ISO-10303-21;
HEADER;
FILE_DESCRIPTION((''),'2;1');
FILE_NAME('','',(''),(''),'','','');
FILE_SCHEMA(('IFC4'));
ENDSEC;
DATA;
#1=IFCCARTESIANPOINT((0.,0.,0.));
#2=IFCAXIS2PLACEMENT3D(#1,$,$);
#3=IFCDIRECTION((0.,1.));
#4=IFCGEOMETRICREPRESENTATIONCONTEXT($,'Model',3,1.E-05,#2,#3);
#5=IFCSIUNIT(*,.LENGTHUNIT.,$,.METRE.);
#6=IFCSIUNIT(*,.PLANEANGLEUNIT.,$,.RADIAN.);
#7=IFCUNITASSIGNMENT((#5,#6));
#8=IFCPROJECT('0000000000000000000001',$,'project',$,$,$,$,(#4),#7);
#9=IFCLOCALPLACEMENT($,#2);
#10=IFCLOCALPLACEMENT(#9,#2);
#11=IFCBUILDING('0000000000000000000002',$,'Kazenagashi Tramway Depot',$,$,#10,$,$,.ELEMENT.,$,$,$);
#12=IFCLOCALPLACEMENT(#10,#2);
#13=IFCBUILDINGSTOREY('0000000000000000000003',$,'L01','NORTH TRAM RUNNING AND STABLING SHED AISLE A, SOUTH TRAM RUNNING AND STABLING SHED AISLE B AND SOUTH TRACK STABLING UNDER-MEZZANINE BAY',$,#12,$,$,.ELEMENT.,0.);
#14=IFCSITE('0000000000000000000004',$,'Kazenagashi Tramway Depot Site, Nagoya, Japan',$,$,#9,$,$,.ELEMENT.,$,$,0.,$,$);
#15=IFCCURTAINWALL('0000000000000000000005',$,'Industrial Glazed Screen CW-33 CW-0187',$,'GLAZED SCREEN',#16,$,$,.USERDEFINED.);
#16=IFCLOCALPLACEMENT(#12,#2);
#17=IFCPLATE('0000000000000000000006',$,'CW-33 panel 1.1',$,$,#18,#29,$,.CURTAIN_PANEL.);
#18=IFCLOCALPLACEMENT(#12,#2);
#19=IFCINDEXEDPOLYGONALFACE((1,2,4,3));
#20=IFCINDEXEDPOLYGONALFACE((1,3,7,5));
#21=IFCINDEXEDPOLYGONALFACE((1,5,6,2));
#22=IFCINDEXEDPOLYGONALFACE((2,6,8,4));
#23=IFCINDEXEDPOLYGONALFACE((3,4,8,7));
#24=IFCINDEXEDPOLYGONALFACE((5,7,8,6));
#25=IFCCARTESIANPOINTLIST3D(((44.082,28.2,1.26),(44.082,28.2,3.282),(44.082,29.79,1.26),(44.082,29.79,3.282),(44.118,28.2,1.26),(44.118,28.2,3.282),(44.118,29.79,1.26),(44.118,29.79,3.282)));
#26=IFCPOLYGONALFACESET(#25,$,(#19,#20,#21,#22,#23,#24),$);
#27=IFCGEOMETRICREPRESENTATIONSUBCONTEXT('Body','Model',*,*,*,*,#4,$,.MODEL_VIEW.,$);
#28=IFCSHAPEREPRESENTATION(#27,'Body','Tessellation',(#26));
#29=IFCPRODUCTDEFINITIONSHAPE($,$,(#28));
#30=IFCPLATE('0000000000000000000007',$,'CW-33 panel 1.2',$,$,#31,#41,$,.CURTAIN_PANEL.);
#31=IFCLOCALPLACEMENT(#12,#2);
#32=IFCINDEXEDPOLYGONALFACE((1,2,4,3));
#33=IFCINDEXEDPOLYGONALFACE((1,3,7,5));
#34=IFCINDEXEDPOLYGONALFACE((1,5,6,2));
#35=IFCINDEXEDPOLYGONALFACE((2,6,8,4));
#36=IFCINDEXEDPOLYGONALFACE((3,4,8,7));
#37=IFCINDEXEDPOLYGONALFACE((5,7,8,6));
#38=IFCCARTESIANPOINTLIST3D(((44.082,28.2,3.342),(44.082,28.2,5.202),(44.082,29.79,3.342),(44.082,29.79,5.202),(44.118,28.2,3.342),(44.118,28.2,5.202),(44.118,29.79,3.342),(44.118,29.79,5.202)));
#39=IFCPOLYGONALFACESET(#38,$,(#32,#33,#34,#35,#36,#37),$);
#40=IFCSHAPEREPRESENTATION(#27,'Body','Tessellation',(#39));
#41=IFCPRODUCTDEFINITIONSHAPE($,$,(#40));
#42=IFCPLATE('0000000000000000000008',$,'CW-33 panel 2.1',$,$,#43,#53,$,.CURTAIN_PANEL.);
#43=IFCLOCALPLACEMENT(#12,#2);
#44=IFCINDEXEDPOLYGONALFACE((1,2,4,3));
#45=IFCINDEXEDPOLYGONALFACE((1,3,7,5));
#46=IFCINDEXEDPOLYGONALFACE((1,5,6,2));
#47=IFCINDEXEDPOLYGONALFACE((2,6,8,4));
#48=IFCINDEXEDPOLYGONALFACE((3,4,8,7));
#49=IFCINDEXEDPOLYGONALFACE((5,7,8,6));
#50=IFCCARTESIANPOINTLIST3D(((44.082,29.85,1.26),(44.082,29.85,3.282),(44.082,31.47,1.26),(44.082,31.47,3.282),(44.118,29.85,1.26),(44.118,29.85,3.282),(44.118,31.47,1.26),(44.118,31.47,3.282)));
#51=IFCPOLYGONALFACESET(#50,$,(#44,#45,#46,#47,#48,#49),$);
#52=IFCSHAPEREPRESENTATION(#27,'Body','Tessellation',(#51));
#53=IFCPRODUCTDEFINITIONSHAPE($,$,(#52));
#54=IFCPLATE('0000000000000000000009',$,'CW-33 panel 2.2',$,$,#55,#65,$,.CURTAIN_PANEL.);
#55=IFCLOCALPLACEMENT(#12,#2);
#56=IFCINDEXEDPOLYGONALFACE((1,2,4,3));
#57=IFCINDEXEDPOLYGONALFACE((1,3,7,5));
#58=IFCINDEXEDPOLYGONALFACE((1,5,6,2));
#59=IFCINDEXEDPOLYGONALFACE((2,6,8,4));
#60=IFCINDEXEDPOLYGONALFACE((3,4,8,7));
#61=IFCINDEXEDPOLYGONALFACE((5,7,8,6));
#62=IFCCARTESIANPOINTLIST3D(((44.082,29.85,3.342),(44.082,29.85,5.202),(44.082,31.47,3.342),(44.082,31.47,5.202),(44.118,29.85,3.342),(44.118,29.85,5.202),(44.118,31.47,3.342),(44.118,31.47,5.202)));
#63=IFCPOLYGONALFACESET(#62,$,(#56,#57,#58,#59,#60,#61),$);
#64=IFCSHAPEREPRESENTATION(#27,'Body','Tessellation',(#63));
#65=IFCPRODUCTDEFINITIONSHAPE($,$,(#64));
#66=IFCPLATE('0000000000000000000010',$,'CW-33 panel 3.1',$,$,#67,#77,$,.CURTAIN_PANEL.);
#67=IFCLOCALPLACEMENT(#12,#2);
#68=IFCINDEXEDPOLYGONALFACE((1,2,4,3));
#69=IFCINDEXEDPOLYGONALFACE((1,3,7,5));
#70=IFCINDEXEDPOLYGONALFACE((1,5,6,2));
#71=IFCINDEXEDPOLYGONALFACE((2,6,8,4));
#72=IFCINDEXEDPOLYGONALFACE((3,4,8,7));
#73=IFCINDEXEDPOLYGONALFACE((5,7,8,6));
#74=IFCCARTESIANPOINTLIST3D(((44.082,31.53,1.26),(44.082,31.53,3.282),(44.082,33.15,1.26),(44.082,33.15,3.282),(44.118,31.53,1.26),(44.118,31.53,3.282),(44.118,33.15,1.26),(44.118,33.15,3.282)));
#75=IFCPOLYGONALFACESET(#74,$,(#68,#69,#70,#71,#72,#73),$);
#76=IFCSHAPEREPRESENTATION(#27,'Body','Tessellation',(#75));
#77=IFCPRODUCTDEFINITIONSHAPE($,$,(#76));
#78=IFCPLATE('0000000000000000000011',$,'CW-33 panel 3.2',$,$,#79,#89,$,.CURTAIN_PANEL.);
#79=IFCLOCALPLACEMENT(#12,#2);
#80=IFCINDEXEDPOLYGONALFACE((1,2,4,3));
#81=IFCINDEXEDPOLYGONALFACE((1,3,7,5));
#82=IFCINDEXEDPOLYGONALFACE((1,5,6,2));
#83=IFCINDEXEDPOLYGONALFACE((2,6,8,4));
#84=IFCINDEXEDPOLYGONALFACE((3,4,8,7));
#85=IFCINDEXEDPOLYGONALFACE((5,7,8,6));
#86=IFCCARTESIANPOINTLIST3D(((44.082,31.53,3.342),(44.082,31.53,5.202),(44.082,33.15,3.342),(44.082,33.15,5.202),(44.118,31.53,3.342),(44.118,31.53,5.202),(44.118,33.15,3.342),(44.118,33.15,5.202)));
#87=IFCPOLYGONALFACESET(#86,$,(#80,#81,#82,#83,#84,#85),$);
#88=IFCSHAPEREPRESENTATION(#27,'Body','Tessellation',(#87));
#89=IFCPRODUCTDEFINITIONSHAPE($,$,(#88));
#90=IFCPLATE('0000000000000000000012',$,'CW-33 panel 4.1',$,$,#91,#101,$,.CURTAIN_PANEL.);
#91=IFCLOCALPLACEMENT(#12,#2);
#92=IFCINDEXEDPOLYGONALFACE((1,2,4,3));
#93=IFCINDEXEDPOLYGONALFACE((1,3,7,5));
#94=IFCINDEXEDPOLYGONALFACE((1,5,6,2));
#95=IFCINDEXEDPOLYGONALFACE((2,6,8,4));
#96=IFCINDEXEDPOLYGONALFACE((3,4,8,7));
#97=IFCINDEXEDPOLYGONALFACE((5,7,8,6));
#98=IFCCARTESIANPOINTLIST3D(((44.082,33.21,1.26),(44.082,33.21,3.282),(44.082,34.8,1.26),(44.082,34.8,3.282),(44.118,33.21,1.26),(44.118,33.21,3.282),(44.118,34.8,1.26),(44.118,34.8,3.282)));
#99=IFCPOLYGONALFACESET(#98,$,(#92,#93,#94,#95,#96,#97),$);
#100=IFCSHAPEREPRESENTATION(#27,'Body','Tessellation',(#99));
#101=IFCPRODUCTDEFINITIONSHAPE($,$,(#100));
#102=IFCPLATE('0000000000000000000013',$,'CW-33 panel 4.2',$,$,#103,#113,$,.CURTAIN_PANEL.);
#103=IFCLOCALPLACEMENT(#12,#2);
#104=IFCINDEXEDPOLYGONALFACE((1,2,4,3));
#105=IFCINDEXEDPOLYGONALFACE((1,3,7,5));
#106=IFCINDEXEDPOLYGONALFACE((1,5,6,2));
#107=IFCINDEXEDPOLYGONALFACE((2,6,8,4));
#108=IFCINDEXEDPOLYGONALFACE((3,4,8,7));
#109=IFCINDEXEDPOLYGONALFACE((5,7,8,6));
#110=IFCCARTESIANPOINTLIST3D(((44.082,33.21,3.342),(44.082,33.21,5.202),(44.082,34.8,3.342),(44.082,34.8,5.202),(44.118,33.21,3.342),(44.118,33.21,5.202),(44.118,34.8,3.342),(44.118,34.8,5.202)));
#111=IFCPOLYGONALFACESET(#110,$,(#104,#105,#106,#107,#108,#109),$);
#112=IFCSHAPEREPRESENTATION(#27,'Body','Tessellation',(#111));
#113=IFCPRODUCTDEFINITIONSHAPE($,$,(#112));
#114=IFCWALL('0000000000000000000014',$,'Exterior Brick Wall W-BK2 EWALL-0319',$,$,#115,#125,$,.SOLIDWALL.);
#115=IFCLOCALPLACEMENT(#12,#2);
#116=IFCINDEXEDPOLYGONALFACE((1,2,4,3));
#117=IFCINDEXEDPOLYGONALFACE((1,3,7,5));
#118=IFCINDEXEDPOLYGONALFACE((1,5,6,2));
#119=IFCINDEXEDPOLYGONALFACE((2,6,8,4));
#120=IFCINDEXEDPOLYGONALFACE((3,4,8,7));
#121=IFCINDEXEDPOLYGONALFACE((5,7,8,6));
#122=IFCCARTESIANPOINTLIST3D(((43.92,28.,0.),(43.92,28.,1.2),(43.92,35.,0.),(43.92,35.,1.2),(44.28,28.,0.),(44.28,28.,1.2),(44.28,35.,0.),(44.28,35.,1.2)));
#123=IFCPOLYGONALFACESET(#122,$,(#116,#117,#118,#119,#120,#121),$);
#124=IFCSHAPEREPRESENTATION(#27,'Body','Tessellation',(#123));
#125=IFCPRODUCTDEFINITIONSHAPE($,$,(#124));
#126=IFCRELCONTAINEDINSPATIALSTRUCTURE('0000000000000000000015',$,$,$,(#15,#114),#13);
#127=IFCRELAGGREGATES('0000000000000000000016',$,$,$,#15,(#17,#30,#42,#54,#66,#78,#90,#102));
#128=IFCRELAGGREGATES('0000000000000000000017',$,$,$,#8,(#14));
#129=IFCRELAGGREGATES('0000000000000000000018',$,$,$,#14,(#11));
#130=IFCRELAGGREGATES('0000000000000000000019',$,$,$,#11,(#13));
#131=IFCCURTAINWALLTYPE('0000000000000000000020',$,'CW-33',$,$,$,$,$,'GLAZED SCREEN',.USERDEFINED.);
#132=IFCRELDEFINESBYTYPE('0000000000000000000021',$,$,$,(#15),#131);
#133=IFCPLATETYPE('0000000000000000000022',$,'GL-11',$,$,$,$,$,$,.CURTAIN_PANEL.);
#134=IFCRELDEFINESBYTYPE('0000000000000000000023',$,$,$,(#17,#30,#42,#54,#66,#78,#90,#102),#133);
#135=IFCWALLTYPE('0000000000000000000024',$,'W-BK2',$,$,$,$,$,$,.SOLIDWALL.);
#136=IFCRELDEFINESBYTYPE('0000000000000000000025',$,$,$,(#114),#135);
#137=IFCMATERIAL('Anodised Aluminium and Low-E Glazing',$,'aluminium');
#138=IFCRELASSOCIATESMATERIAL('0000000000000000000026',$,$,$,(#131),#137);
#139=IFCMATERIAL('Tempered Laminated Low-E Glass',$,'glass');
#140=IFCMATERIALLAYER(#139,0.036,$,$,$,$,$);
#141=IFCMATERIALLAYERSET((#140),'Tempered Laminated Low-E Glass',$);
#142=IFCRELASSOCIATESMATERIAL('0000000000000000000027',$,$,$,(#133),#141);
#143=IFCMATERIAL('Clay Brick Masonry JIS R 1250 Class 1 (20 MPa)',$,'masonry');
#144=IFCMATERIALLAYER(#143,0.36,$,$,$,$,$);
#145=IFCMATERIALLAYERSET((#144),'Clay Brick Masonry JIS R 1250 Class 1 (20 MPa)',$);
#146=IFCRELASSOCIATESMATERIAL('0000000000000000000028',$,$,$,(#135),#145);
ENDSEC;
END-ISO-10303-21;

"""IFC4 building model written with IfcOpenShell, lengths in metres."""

from ifc_helpers import new_model, si_unit, direction, frame, frame_2d, origin, origin_2d, place, context, subcontext, project, spatial, rectangle, extrude, material, layer, layer_set, type_object, element, aggregate, save


model = new_model("IFC4")

# Units and contexts
model_context = context("Model", 3, precision=1e-05, world=origin(), true_north=direction((0.0, 1.0)))
body_context = subcontext(model_context, "Body", "Model", "MODEL_VIEW")
ifc_project = project(units=[si_unit("LENGTHUNIT", "METRE"), si_unit("PLANEANGLEUNIT", "RADIAN")], contexts=[model_context])

# Site, building, storey
site_placement = place(None, origin())
site = spatial("IfcSite", under=ifc_project, at=site_placement, Name="Kazenagashi Tramway Depot Site, Nagoya, Japan", CompositionType="ELEMENT", RefElevation=0.0)
building_placement = place(site_placement, origin())
building = spatial("IfcBuilding", under=site, at=building_placement, Name="Kazenagashi Tramway Depot", CompositionType="ELEMENT")
storey_placement = place(building_placement, origin())
storey = spatial("IfcBuildingStorey", under=building, at=storey_placement, Name="L01", Description="NORTH TRAM RUNNING AND STABLING SHED AISLE A, SOUTH TRAM RUNNING AND STABLING SHED AISLE B AND SOUTH TRACK STABLING UNDER-MEZZANINE BAY", CompositionType="ELEMENT", Elevation=0.0)

# Shared definitions
ifc_material_1 = material(Name="Anodised Aluminium and Low-E Glazing", Category="aluminium")
curtain_wall_type = type_object("IfcCurtainWallType", Name="CW-33", ElementType="GLAZED SCREEN", PredefinedType="USERDEFINED", material=ifc_material_1)

# Curtain wall
curtain_wall_1_placement = place(storey_placement, origin())
curtain_wall_1 = element("IfcCurtainWall", 1, at=curtain_wall_1_placement, inside=storey, type_object=curtain_wall_type, Name="Industrial Glazed Screen CW-33 CW-0187", ObjectType="GLAZED SCREEN", PredefinedType="USERDEFINED")

# Plates
ifc_material_2 = material(Name="Tempered Laminated Low-E Glass", Category="glass")
ifc_layer_1 = layer(ifc_material_2, 0.036)
ifc_layer_set_1 = layer_set([ifc_layer_1], Name="Tempered Laminated Low-E Glass")
plate_type_1 = type_object("IfcPlateType", Name="GL-11", PredefinedType="CURTAIN_PANEL", material=ifc_layer_set_1)
plate_1_placement = place(storey_placement, frame((44.1, 28.995, 1.26), z_axis=(0.0, 0.0, 1.0), x_axis=(0.0, 1.0, 0.0)))
plate_1 = element("IfcPlate", 2, at=plate_1_placement, type_object=plate_type_1, Name="CW-33 panel 1.1", PredefinedType="CURTAIN_PANEL", context=body_context, shape_type="SweptSolid", body=[
    extrude(rectangle(XDim=1.59, YDim=0.036, at=origin_2d()), origin(), (0.0, 0.0, 1.0), 2.022),
])
plate_2_placement = place(storey_placement, frame((44.1, 28.995, 3.342), z_axis=(0.0, 0.0, 1.0), x_axis=(0.0, 1.0, 0.0)))
plate_2 = element("IfcPlate", 3, at=plate_2_placement, type_object=plate_type_1, Name="CW-33 panel 1.2", PredefinedType="CURTAIN_PANEL", context=body_context, shape_type="SweptSolid", body=[
    extrude(rectangle(XDim=1.59, YDim=0.036, at=origin_2d()), origin(), (0.0, 0.0, 1.0), 1.86),
])
plate_3_placement = place(storey_placement, frame((44.1, 30.66, 1.26), z_axis=(0.0, 0.0, 1.0), x_axis=(0.0, 1.0, 0.0)))
plate_3 = element("IfcPlate", 4, at=plate_3_placement, type_object=plate_type_1, Name="CW-33 panel 2.1", PredefinedType="CURTAIN_PANEL", context=body_context, shape_type="SweptSolid", body=[
    extrude(rectangle(XDim=1.62, YDim=0.036, at=origin_2d()), origin(), (0.0, 0.0, 1.0), 2.022),
])
plate_4_placement = place(storey_placement, frame((44.1, 30.66, 3.342), z_axis=(0.0, 0.0, 1.0), x_axis=(0.0, 1.0, 0.0)))
plate_4 = element("IfcPlate", 5, at=plate_4_placement, type_object=plate_type_1, Name="CW-33 panel 2.2", PredefinedType="CURTAIN_PANEL", context=body_context, shape_type="SweptSolid", body=[
    extrude(rectangle(XDim=1.62, YDim=0.036, at=origin_2d()), origin(), (0.0, 0.0, 1.0), 1.86),
])
plate_5_placement = place(storey_placement, frame((44.1, 32.34, 1.26), z_axis=(0.0, 0.0, 1.0), x_axis=(0.0, 1.0, 0.0)))
plate_5 = element("IfcPlate", 6, at=plate_5_placement, type_object=plate_type_1, Name="CW-33 panel 3.1", PredefinedType="CURTAIN_PANEL", context=body_context, shape_type="SweptSolid", body=[
    extrude(rectangle(XDim=1.62, YDim=0.036, at=origin_2d()), origin(), (0.0, 0.0, 1.0), 2.022),
])
plate_6_placement = place(storey_placement, frame((44.1, 32.34, 3.342), z_axis=(0.0, 0.0, 1.0), x_axis=(0.0, 1.0, 0.0)))
plate_6 = element("IfcPlate", 7, at=plate_6_placement, type_object=plate_type_1, Name="CW-33 panel 3.2", PredefinedType="CURTAIN_PANEL", context=body_context, shape_type="SweptSolid", body=[
    extrude(rectangle(XDim=1.62, YDim=0.036, at=origin_2d()), origin(), (0.0, 0.0, 1.0), 1.86),
])
plate_7_placement = place(storey_placement, frame((44.1, 34.005, 1.26), z_axis=(0.0, 0.0, 1.0), x_axis=(0.0, 1.0, 0.0)))
plate_7 = element("IfcPlate", 8, at=plate_7_placement, type_object=plate_type_1, Name="CW-33 panel 4.1", PredefinedType="CURTAIN_PANEL", context=body_context, shape_type="SweptSolid", body=[
    extrude(rectangle(XDim=1.59, YDim=0.036, at=origin_2d()), origin(), (0.0, 0.0, 1.0), 2.022),
])
plate_8_placement = place(storey_placement, frame((44.1, 34.005, 3.342), z_axis=(0.0, 0.0, 1.0), x_axis=(0.0, 1.0, 0.0)))
plate_8 = element("IfcPlate", 9, at=plate_8_placement, type_object=plate_type_1, Name="CW-33 panel 4.2", PredefinedType="CURTAIN_PANEL", context=body_context, shape_type="SweptSolid", body=[
    extrude(rectangle(XDim=1.59, YDim=0.036, at=origin_2d()), origin(), (0.0, 0.0, 1.0), 1.86),
])
aggregate(curtain_wall_1, [plate_1, plate_2, plate_3, plate_4, plate_5, plate_6, plate_7, plate_8])

# Wall
ifc_material_3 = material(Name="Clay Brick Masonry JIS R 1250 Class 1 (20 MPa)", Category="masonry")
ifc_layer_2 = layer(ifc_material_3, 0.36)
ifc_layer_set_2 = layer_set([ifc_layer_2], Name="Clay Brick Masonry JIS R 1250 Class 1 (20 MPa)")
wall_type = type_object("IfcWallType", Name="W-BK2", PredefinedType="SOLIDWALL", material=ifc_layer_set_2)
wall_placement = place(storey_placement, frame((44.1, 28.0, 0.0), z_axis=(0.0, 0.0, 1.0), x_axis=(0.0, 1.0, 0.0)))
element("IfcWall", 10, at=wall_placement, inside=storey, type_object=wall_type, Name="Exterior Brick Wall W-BK2 EWALL-0319", PredefinedType="SOLIDWALL", context=body_context, shape_type="SweptSolid", body=[
    extrude(rectangle(XDim=7.0, YDim=0.36, at=frame_2d((3.5, 0.0))), origin(), (0.0, 0.0, 1.0), 1.2),
])

save(model, "model.ifc")
